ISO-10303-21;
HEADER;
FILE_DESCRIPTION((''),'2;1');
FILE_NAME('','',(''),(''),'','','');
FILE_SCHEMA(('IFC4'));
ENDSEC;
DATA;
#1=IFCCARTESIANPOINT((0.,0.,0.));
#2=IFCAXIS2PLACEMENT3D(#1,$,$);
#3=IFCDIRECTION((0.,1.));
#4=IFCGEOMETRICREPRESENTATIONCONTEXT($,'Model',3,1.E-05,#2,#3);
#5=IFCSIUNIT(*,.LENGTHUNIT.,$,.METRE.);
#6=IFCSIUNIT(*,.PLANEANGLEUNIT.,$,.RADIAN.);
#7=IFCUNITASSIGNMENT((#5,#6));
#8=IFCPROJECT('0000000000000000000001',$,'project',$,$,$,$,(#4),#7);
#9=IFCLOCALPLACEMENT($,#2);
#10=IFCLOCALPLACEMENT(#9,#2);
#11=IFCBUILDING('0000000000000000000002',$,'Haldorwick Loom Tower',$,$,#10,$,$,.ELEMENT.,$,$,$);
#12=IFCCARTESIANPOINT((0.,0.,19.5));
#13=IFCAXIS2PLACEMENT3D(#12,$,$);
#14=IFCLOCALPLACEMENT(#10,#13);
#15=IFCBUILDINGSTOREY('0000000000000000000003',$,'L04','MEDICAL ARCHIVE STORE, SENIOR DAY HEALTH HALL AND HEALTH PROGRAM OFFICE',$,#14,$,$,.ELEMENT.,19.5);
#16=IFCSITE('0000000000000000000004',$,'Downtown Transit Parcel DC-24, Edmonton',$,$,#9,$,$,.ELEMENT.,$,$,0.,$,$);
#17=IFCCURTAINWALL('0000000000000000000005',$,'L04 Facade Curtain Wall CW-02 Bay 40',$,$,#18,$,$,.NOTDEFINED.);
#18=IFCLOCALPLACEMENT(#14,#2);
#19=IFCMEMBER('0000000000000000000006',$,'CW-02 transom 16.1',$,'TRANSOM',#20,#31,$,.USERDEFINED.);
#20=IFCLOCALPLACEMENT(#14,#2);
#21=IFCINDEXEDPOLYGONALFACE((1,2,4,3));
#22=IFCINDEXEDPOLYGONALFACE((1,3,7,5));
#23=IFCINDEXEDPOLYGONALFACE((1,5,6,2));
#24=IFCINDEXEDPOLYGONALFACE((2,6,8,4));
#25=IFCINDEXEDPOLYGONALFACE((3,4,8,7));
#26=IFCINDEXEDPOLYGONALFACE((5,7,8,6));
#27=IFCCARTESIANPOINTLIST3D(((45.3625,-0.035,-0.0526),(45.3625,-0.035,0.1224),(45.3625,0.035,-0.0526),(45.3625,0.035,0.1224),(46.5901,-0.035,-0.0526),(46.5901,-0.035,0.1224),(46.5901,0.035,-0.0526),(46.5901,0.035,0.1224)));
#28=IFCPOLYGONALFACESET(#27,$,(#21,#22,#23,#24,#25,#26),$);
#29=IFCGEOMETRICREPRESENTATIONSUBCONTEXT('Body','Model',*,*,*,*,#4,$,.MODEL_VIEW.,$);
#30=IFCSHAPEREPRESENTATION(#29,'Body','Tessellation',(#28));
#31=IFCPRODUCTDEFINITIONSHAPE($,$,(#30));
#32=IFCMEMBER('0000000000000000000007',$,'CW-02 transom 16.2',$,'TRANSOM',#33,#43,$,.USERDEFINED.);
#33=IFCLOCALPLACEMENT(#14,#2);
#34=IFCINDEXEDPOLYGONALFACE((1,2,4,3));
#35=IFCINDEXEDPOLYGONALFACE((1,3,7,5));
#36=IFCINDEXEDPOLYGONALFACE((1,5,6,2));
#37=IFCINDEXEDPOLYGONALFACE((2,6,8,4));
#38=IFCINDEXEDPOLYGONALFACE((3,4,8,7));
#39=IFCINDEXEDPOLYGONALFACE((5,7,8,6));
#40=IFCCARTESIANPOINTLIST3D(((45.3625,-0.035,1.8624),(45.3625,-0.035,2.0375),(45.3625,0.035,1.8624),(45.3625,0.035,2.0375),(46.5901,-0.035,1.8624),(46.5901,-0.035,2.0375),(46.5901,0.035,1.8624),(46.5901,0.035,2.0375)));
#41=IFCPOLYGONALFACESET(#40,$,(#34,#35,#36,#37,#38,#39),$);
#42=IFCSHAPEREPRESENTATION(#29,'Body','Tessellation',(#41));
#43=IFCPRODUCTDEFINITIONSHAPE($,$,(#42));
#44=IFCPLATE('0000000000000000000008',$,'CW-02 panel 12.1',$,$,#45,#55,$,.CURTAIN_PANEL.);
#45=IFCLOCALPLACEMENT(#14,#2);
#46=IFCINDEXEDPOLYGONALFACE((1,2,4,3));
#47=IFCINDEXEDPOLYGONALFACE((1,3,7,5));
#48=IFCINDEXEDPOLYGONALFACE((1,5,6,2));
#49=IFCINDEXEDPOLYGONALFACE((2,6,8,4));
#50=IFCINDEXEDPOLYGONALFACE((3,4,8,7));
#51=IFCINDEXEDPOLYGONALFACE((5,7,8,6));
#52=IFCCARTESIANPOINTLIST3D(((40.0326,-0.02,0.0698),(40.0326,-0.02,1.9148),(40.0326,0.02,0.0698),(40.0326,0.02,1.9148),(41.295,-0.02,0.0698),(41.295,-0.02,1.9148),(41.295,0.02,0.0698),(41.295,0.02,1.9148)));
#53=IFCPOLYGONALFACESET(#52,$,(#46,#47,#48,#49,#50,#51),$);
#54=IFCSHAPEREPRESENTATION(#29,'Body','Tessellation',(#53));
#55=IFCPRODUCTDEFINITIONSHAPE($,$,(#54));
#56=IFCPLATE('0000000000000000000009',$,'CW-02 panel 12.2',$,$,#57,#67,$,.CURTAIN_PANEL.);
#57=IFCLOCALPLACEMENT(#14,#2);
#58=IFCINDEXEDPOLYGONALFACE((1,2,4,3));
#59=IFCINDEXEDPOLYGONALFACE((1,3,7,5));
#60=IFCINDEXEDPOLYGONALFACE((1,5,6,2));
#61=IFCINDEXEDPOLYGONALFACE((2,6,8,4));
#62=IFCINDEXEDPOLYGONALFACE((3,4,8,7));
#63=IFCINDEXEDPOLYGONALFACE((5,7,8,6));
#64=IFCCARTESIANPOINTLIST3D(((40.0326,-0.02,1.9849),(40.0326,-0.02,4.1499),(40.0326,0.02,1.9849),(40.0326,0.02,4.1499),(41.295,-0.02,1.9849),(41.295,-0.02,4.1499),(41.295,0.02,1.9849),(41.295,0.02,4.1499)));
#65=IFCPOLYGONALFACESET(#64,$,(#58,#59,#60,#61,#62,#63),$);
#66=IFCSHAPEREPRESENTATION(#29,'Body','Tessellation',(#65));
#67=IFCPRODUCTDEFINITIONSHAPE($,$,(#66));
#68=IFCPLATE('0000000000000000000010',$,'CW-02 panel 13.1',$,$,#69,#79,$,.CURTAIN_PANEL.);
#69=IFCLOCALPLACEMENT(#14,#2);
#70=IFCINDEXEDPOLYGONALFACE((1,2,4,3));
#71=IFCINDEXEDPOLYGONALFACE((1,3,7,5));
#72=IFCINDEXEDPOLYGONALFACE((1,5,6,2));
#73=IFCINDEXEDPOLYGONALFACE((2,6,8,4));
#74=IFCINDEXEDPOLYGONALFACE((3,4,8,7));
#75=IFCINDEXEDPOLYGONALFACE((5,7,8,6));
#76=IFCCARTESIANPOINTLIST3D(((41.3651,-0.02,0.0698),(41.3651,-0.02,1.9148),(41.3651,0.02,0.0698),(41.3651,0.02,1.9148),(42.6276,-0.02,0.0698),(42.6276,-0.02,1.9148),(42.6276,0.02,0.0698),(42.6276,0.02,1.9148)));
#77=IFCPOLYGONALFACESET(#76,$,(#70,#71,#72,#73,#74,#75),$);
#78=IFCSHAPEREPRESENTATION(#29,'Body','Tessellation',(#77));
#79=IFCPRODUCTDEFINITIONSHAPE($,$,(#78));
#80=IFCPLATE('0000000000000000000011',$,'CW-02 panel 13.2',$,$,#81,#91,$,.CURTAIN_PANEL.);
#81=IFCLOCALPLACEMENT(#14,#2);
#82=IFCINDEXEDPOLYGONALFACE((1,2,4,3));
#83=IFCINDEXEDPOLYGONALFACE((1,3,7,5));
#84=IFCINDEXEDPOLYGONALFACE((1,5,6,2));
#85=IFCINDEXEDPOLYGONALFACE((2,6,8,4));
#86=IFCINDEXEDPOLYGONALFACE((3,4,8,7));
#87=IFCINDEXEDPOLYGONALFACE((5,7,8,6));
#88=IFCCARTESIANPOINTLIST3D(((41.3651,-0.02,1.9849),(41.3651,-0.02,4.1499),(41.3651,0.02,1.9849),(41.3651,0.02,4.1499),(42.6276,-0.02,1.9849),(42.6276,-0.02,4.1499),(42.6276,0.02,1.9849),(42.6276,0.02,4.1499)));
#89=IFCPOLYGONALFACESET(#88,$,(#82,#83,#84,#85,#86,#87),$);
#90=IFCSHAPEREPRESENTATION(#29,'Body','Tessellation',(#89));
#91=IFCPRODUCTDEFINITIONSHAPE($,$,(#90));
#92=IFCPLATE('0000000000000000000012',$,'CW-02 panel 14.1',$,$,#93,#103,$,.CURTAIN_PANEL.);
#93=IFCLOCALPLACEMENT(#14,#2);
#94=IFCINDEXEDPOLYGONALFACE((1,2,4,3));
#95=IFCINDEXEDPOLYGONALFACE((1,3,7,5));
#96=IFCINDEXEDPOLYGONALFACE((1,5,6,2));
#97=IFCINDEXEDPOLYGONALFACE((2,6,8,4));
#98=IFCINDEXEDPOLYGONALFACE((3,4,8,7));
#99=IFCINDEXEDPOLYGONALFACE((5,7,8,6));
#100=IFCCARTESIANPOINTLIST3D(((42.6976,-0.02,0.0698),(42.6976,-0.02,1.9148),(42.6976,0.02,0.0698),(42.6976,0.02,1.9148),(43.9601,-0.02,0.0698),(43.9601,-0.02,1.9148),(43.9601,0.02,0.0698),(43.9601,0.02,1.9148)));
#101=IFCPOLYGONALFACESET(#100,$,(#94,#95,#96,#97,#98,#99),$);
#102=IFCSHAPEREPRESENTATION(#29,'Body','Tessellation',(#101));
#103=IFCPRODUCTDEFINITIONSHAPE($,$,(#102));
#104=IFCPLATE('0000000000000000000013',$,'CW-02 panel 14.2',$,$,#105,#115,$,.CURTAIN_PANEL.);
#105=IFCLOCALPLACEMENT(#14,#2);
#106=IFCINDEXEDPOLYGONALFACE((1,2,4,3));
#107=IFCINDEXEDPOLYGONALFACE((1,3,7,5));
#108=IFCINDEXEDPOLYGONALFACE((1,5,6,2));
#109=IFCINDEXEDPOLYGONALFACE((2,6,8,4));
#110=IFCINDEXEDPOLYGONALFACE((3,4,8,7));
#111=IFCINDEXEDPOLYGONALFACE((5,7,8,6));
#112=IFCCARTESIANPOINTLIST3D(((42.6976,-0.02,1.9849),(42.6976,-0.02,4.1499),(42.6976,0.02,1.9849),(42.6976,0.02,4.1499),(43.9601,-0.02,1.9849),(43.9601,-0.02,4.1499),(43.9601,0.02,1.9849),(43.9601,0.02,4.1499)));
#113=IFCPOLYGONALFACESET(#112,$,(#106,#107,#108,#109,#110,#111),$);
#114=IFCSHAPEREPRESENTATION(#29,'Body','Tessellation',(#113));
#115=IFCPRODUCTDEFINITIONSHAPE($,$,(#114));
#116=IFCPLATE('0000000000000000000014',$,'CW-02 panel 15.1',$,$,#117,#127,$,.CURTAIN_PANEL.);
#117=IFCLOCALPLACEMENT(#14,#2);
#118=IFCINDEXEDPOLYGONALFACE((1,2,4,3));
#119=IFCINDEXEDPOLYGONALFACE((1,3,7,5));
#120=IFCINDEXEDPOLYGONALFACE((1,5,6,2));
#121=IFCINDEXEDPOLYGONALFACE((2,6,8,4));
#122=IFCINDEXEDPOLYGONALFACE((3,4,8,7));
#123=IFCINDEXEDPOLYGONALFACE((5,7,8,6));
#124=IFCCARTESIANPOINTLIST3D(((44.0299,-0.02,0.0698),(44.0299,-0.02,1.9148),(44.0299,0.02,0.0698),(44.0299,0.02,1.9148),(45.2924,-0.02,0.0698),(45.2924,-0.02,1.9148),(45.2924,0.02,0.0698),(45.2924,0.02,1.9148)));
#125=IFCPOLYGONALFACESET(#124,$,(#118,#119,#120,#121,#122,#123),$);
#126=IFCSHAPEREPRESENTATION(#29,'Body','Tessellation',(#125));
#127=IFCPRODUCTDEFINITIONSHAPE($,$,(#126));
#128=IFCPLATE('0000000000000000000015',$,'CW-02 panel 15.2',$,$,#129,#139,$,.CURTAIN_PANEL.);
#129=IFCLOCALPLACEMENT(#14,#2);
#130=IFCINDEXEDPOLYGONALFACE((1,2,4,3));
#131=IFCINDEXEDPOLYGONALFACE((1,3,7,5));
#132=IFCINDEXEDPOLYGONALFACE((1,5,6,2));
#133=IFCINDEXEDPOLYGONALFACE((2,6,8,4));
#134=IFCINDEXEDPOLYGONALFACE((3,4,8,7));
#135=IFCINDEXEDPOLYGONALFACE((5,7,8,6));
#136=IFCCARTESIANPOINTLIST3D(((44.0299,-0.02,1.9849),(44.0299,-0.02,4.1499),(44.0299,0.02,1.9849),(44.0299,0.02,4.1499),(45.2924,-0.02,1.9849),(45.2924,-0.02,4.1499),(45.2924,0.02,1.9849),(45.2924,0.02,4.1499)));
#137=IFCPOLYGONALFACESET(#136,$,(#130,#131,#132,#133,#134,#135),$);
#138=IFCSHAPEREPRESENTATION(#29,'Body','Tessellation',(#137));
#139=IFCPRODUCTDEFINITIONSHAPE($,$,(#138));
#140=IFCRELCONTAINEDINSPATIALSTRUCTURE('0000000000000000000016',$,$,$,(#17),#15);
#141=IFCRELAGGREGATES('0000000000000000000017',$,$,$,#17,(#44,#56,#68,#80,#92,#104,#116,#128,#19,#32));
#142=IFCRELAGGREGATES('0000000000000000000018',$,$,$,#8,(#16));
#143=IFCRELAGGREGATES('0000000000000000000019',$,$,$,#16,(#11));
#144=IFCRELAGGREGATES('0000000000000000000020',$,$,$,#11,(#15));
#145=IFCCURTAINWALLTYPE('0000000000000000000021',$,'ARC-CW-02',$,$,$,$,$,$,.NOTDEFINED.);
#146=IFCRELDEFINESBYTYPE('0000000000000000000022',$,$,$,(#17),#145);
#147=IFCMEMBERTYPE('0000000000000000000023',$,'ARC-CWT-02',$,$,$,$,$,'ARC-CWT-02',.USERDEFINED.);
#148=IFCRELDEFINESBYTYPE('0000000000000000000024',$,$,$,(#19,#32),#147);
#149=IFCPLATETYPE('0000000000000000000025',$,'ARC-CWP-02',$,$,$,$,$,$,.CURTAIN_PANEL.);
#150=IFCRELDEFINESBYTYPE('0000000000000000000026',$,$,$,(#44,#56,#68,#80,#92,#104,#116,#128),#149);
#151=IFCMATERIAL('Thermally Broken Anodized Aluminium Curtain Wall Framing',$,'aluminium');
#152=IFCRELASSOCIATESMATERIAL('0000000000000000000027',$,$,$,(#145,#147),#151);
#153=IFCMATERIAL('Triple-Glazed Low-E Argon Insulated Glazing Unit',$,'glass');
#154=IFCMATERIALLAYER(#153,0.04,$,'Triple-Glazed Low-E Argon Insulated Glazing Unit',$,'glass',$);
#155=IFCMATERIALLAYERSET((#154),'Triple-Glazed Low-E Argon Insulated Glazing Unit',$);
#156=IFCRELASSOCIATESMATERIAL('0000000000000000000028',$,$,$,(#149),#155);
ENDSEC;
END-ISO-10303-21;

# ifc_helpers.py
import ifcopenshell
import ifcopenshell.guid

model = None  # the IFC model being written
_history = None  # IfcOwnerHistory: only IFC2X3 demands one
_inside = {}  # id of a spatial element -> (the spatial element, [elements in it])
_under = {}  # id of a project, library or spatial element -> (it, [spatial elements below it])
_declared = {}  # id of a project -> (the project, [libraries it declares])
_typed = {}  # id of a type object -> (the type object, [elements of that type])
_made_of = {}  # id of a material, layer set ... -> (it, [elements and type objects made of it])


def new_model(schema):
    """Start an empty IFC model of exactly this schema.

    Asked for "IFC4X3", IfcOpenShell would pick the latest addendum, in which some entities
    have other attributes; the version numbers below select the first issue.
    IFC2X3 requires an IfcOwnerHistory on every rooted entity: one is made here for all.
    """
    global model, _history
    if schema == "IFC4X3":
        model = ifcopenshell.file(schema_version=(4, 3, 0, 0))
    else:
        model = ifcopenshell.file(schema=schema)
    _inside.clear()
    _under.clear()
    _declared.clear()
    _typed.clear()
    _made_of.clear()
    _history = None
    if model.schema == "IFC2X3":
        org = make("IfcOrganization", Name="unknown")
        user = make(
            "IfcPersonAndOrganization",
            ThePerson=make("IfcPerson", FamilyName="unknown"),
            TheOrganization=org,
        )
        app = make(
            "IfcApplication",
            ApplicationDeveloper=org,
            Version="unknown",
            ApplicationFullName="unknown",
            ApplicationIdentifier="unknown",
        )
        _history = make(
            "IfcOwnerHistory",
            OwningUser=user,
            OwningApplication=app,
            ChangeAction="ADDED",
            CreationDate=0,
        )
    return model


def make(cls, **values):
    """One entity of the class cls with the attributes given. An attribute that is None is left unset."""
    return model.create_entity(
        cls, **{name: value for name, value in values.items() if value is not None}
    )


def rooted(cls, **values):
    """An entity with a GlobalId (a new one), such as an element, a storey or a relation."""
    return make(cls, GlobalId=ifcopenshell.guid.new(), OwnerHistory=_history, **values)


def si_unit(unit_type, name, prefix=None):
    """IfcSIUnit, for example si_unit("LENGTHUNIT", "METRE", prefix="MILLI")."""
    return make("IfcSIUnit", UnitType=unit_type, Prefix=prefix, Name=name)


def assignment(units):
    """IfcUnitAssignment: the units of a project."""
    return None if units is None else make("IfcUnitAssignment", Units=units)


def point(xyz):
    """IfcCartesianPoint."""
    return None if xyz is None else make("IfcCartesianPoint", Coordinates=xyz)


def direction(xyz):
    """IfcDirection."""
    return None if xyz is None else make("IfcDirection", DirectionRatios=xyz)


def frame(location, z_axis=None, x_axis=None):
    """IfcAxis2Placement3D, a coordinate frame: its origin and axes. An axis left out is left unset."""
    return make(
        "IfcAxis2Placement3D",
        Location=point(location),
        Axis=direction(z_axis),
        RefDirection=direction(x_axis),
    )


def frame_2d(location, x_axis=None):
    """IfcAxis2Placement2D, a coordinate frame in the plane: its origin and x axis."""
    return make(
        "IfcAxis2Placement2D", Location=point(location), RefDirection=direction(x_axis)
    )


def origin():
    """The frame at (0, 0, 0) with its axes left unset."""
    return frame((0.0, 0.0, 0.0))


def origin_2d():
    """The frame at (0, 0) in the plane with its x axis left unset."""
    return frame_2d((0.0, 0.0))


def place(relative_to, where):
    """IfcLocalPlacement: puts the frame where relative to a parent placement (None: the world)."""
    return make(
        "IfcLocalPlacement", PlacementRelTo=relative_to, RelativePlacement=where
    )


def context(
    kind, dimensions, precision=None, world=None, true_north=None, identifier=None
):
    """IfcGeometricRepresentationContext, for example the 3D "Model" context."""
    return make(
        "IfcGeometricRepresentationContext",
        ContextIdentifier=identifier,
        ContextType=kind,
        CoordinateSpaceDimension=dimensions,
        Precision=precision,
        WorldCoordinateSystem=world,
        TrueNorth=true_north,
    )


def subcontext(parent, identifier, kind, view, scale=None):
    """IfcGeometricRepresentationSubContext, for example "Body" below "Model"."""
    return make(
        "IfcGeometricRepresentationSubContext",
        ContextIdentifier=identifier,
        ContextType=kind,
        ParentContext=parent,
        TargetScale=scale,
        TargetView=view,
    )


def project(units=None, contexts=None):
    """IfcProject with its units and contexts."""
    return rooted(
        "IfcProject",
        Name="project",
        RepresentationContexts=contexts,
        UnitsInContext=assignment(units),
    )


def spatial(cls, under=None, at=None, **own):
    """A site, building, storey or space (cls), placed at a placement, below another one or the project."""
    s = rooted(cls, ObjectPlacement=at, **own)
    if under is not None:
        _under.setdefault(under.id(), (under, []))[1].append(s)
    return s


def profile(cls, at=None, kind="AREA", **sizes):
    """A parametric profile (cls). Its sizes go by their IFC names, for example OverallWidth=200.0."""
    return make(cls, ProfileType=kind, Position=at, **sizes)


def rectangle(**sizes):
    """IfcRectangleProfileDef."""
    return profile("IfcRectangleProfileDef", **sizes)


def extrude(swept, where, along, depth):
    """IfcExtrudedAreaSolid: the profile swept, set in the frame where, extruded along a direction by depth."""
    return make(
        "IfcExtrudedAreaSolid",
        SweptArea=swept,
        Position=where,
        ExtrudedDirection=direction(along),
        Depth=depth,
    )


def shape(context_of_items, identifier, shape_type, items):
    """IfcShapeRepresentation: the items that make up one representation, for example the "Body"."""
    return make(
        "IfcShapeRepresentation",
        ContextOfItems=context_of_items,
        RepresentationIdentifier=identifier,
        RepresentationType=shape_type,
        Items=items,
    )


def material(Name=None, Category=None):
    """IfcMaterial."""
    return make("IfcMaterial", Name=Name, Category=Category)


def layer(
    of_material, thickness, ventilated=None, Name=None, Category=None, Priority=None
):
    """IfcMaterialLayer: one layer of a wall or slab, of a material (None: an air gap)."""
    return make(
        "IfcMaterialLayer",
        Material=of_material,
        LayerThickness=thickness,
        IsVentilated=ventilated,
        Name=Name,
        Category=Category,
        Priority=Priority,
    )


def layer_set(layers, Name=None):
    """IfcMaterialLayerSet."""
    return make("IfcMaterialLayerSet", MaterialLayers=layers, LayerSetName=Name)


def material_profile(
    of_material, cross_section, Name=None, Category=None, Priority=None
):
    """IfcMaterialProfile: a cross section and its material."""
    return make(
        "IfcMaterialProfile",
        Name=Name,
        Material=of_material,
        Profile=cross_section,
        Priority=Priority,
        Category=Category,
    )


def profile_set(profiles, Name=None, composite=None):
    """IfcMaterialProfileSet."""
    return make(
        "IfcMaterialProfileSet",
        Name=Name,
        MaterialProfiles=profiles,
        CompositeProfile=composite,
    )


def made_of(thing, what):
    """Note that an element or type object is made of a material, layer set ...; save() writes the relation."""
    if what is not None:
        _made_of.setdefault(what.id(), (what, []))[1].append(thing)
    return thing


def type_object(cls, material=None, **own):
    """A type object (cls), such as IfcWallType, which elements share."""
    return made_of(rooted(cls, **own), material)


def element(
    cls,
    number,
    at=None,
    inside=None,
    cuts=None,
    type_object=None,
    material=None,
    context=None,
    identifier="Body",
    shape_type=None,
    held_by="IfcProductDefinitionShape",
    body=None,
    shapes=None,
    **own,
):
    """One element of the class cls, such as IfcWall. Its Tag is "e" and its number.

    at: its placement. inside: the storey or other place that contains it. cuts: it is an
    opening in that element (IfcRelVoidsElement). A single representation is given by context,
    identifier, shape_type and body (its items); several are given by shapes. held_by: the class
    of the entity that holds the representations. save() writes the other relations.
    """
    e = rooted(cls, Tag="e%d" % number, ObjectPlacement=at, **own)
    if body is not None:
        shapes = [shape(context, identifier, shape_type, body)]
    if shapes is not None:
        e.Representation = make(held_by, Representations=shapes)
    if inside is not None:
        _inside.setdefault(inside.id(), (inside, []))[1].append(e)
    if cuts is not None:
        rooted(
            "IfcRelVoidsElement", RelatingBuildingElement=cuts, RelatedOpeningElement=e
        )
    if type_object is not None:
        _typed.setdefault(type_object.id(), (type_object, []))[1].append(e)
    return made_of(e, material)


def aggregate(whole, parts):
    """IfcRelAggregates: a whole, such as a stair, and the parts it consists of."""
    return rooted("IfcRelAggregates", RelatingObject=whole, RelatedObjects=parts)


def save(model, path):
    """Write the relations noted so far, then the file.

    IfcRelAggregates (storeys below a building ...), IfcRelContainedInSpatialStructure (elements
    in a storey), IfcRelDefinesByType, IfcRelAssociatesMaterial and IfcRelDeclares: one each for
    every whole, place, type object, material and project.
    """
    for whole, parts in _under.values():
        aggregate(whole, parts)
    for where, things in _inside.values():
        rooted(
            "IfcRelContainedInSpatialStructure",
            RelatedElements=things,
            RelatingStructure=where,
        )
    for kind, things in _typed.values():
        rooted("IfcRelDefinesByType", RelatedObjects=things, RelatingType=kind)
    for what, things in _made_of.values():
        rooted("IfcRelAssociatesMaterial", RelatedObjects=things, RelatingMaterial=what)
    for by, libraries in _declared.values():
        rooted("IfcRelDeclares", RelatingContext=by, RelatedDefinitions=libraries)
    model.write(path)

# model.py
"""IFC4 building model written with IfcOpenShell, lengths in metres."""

from ifc_helpers import new_model, si_unit, direction, frame, origin, origin_2d, place, context, subcontext, project, spatial, rectangle, extrude, material, layer, layer_set, material_profile, profile_set, type_object, element, aggregate, save


model = new_model("IFC4")

# Units and contexts
model_context = context("Model", 3, precision=1e-05, world=origin(), true_north=direction((0.0, 1.0)))
body_context = subcontext(model_context, "Body", "Model", "MODEL_VIEW")
ifc_project = project(units=[si_unit("LENGTHUNIT", "METRE"), si_unit("PLANEANGLEUNIT", "RADIAN")], contexts=[model_context])

# Site, building, storey
site_placement = place(None, origin())
site = spatial("IfcSite", under=ifc_project, at=site_placement, Name="Downtown Transit Parcel DC-24, Edmonton", CompositionType="ELEMENT", RefElevation=0.0)
building_placement = place(site_placement, origin())
building = spatial("IfcBuilding", under=site, at=building_placement, Name="Haldorwick Loom Tower", CompositionType="ELEMENT")
storey_placement = place(building_placement, frame((0.0, 0.0, 19.5)))
storey = spatial("IfcBuildingStorey", under=building, at=storey_placement, Name="L04", Description="MEDICAL ARCHIVE STORE, SENIOR DAY HEALTH HALL AND HEALTH PROGRAM OFFICE", CompositionType="ELEMENT", Elevation=19.5)

# Curtain wall, members, plates
ifc_material_1 = material(Name="Thermally Broken Anodized Aluminium Curtain Wall Framing", Category="aluminium")
curtain_wall_type = type_object("IfcCurtainWallType", Name="ARC-CW-02", PredefinedType="NOTDEFINED", material=ifc_material_1)
curtain_wall_placement = place(storey_placement, origin())
curtain_wall = element("IfcCurtainWall", 1, at=curtain_wall_placement, inside=storey, type_object=curtain_wall_type, Name="L04 Facade Curtain Wall CW-02 Bay 40", PredefinedType="NOTDEFINED")
ifc_material_profile_1 = material_profile(ifc_material_1, rectangle(XDim=0.0701, YDim=0.175, at=origin_2d()), Name="ALU_TRN_70X175", Category="aluminium")
ifc_profile_set_1 = profile_set([ifc_material_profile_1], Name="Thermally Broken Anodized Aluminium Curtain Wall Framing")
member_type_1 = type_object("IfcMemberType", Name="ARC-CWT-02", ElementType="ARC-CWT-02", PredefinedType="USERDEFINED", material=ifc_profile_set_1)
member_1_placement = place(storey_placement, frame((45.3625, 0.0, 0.0349), z_axis=(1.0, 0.0, 0.0), x_axis=(0.0, 1.0, 0.0)))
member_1 = element("IfcMember", 2, at=member_1_placement, type_object=member_type_1, Name="CW-02 transom 16.1", ObjectType="TRANSOM", PredefinedType="USERDEFINED", context=body_context, shape_type="SweptSolid", body=[
    extrude(rectangle(XDim=0.0701, YDim=0.175, at=origin_2d()), origin(), (0.0, 0.0, 1.0), 1.2275),
])
member_2_placement = place(storey_placement, frame((45.3625, 0.0, 1.95), z_axis=(1.0, 0.0, 0.0), x_axis=(0.0, 1.0, 0.0)))
member_2 = element("IfcMember", 3, at=member_2_placement, type_object=member_type_1, Name="CW-02 transom 16.2", ObjectType="TRANSOM", PredefinedType="USERDEFINED", context=body_context, shape_type="SweptSolid", body=[
    extrude(rectangle(XDim=0.0701, YDim=0.175, at=origin_2d()), origin(), (0.0, 0.0, 1.0), 1.2275),
])
ifc_material_2 = material(Name="Triple-Glazed Low-E Argon Insulated Glazing Unit", Category="glass")
ifc_layer = layer(ifc_material_2, 0.04, Name="Triple-Glazed Low-E Argon Insulated Glazing Unit", Category="glass")
ifc_layer_set = layer_set([ifc_layer], Name="Triple-Glazed Low-E Argon Insulated Glazing Unit")
plate_type = type_object("IfcPlateType", Name="ARC-CWP-02", PredefinedType="CURTAIN_PANEL", material=ifc_layer_set)
plate_1_placement = place(storey_placement, frame((40.6638, 0.0, 0.0698), z_axis=(0.0, 0.0, 1.0), x_axis=(1.0, 0.0, 0.0)))
plate_1 = element("IfcPlate", 4, at=plate_1_placement, type_object=plate_type, Name="CW-02 panel 12.1", PredefinedType="CURTAIN_PANEL", context=body_context, shape_type="SweptSolid", body=[
    extrude(rectangle(XDim=1.2625, YDim=0.04, at=origin_2d()), origin(), (0.0, 0.0, 1.0), 1.845),
])
plate_2_placement = place(storey_placement, frame((40.6638, 0.0, 1.9849), z_axis=(0.0, 0.0, 1.0), x_axis=(1.0, 0.0, 0.0)))
plate_2 = element("IfcPlate", 5, at=plate_2_placement, type_object=plate_type, Name="CW-02 panel 12.2", PredefinedType="CURTAIN_PANEL", context=body_context, shape_type="SweptSolid", body=[
    extrude(rectangle(XDim=1.2625, YDim=0.04, at=origin_2d()), origin(), (0.0, 0.0, 1.0), 2.165),
])
plate_3_placement = place(storey_placement, frame((41.9963, 0.0, 0.0698), z_axis=(0.0, 0.0, 1.0), x_axis=(1.0, 0.0, 0.0)))
plate_3 = element("IfcPlate", 6, at=plate_3_placement, type_object=plate_type, Name="CW-02 panel 13.1", PredefinedType="CURTAIN_PANEL", context=body_context, shape_type="SweptSolid", body=[
    extrude(rectangle(XDim=1.2625, YDim=0.04, at=origin_2d()), origin(), (0.0, 0.0, 1.0), 1.845),
])
plate_4_placement = place(storey_placement, frame((41.9963, 0.0, 1.9849), z_axis=(0.0, 0.0, 1.0), x_axis=(1.0, 0.0, 0.0)))
plate_4 = element("IfcPlate", 7, at=plate_4_placement, type_object=plate_type, Name="CW-02 panel 13.2", PredefinedType="CURTAIN_PANEL", context=body_context, shape_type="SweptSolid", body=[
    extrude(rectangle(XDim=1.2625, YDim=0.04, at=origin_2d()), origin(), (0.0, 0.0, 1.0), 2.165),
])
plate_5_placement = place(storey_placement, frame((43.3289, 0.0, 0.0698), z_axis=(0.0, 0.0, 1.0), x_axis=(1.0, 0.0, 0.0)))
plate_5 = element("IfcPlate", 8, at=plate_5_placement, type_object=plate_type, Name="CW-02 panel 14.1", PredefinedType="CURTAIN_PANEL", context=body_context, shape_type="SweptSolid", body=[
    extrude(rectangle(XDim=1.2625, YDim=0.04, at=origin_2d()), origin(), (0.0, 0.0, 1.0), 1.845),
])
plate_6_placement = place(storey_placement, frame((43.3289, 0.0, 1.9849), z_axis=(0.0, 0.0, 1.0), x_axis=(1.0, 0.0, 0.0)))
plate_6 = element("IfcPlate", 9, at=plate_6_placement, type_object=plate_type, Name="CW-02 panel 14.2", PredefinedType="CURTAIN_PANEL", context=body_context, shape_type="SweptSolid", body=[
    extrude(rectangle(XDim=1.2625, YDim=0.04, at=origin_2d()), origin(), (0.0, 0.0, 1.0), 2.165),
])
plate_7_placement = place(storey_placement, frame((44.6611, 0.0, 0.0698), z_axis=(0.0, 0.0, 1.0), x_axis=(1.0, 0.0, 0.0)))
plate_7 = element("IfcPlate", 10, at=plate_7_placement, type_object=plate_type, Name="CW-02 panel 15.1", PredefinedType="CURTAIN_PANEL", context=body_context, shape_type="SweptSolid", body=[
    extrude(rectangle(XDim=1.2625, YDim=0.04, at=origin_2d()), origin(), (0.0, 0.0, 1.0), 1.845),
])
plate_8_placement = place(storey_placement, frame((44.6611, 0.0, 1.9849), z_axis=(0.0, 0.0, 1.0), x_axis=(1.0, 0.0, 0.0)))
plate_8 = element("IfcPlate", 11, at=plate_8_placement, type_object=plate_type, Name="CW-02 panel 15.2", PredefinedType="CURTAIN_PANEL", context=body_context, shape_type="SweptSolid", body=[
    extrude(rectangle(XDim=1.2625, YDim=0.04, at=origin_2d()), origin(), (0.0, 0.0, 1.0), 2.165),
])
aggregate(curtain_wall, [plate_1, plate_2, plate_3, plate_4, plate_5, plate_6, plate_7, plate_8, member_1, member_2])

save(model, "model.ifc")
